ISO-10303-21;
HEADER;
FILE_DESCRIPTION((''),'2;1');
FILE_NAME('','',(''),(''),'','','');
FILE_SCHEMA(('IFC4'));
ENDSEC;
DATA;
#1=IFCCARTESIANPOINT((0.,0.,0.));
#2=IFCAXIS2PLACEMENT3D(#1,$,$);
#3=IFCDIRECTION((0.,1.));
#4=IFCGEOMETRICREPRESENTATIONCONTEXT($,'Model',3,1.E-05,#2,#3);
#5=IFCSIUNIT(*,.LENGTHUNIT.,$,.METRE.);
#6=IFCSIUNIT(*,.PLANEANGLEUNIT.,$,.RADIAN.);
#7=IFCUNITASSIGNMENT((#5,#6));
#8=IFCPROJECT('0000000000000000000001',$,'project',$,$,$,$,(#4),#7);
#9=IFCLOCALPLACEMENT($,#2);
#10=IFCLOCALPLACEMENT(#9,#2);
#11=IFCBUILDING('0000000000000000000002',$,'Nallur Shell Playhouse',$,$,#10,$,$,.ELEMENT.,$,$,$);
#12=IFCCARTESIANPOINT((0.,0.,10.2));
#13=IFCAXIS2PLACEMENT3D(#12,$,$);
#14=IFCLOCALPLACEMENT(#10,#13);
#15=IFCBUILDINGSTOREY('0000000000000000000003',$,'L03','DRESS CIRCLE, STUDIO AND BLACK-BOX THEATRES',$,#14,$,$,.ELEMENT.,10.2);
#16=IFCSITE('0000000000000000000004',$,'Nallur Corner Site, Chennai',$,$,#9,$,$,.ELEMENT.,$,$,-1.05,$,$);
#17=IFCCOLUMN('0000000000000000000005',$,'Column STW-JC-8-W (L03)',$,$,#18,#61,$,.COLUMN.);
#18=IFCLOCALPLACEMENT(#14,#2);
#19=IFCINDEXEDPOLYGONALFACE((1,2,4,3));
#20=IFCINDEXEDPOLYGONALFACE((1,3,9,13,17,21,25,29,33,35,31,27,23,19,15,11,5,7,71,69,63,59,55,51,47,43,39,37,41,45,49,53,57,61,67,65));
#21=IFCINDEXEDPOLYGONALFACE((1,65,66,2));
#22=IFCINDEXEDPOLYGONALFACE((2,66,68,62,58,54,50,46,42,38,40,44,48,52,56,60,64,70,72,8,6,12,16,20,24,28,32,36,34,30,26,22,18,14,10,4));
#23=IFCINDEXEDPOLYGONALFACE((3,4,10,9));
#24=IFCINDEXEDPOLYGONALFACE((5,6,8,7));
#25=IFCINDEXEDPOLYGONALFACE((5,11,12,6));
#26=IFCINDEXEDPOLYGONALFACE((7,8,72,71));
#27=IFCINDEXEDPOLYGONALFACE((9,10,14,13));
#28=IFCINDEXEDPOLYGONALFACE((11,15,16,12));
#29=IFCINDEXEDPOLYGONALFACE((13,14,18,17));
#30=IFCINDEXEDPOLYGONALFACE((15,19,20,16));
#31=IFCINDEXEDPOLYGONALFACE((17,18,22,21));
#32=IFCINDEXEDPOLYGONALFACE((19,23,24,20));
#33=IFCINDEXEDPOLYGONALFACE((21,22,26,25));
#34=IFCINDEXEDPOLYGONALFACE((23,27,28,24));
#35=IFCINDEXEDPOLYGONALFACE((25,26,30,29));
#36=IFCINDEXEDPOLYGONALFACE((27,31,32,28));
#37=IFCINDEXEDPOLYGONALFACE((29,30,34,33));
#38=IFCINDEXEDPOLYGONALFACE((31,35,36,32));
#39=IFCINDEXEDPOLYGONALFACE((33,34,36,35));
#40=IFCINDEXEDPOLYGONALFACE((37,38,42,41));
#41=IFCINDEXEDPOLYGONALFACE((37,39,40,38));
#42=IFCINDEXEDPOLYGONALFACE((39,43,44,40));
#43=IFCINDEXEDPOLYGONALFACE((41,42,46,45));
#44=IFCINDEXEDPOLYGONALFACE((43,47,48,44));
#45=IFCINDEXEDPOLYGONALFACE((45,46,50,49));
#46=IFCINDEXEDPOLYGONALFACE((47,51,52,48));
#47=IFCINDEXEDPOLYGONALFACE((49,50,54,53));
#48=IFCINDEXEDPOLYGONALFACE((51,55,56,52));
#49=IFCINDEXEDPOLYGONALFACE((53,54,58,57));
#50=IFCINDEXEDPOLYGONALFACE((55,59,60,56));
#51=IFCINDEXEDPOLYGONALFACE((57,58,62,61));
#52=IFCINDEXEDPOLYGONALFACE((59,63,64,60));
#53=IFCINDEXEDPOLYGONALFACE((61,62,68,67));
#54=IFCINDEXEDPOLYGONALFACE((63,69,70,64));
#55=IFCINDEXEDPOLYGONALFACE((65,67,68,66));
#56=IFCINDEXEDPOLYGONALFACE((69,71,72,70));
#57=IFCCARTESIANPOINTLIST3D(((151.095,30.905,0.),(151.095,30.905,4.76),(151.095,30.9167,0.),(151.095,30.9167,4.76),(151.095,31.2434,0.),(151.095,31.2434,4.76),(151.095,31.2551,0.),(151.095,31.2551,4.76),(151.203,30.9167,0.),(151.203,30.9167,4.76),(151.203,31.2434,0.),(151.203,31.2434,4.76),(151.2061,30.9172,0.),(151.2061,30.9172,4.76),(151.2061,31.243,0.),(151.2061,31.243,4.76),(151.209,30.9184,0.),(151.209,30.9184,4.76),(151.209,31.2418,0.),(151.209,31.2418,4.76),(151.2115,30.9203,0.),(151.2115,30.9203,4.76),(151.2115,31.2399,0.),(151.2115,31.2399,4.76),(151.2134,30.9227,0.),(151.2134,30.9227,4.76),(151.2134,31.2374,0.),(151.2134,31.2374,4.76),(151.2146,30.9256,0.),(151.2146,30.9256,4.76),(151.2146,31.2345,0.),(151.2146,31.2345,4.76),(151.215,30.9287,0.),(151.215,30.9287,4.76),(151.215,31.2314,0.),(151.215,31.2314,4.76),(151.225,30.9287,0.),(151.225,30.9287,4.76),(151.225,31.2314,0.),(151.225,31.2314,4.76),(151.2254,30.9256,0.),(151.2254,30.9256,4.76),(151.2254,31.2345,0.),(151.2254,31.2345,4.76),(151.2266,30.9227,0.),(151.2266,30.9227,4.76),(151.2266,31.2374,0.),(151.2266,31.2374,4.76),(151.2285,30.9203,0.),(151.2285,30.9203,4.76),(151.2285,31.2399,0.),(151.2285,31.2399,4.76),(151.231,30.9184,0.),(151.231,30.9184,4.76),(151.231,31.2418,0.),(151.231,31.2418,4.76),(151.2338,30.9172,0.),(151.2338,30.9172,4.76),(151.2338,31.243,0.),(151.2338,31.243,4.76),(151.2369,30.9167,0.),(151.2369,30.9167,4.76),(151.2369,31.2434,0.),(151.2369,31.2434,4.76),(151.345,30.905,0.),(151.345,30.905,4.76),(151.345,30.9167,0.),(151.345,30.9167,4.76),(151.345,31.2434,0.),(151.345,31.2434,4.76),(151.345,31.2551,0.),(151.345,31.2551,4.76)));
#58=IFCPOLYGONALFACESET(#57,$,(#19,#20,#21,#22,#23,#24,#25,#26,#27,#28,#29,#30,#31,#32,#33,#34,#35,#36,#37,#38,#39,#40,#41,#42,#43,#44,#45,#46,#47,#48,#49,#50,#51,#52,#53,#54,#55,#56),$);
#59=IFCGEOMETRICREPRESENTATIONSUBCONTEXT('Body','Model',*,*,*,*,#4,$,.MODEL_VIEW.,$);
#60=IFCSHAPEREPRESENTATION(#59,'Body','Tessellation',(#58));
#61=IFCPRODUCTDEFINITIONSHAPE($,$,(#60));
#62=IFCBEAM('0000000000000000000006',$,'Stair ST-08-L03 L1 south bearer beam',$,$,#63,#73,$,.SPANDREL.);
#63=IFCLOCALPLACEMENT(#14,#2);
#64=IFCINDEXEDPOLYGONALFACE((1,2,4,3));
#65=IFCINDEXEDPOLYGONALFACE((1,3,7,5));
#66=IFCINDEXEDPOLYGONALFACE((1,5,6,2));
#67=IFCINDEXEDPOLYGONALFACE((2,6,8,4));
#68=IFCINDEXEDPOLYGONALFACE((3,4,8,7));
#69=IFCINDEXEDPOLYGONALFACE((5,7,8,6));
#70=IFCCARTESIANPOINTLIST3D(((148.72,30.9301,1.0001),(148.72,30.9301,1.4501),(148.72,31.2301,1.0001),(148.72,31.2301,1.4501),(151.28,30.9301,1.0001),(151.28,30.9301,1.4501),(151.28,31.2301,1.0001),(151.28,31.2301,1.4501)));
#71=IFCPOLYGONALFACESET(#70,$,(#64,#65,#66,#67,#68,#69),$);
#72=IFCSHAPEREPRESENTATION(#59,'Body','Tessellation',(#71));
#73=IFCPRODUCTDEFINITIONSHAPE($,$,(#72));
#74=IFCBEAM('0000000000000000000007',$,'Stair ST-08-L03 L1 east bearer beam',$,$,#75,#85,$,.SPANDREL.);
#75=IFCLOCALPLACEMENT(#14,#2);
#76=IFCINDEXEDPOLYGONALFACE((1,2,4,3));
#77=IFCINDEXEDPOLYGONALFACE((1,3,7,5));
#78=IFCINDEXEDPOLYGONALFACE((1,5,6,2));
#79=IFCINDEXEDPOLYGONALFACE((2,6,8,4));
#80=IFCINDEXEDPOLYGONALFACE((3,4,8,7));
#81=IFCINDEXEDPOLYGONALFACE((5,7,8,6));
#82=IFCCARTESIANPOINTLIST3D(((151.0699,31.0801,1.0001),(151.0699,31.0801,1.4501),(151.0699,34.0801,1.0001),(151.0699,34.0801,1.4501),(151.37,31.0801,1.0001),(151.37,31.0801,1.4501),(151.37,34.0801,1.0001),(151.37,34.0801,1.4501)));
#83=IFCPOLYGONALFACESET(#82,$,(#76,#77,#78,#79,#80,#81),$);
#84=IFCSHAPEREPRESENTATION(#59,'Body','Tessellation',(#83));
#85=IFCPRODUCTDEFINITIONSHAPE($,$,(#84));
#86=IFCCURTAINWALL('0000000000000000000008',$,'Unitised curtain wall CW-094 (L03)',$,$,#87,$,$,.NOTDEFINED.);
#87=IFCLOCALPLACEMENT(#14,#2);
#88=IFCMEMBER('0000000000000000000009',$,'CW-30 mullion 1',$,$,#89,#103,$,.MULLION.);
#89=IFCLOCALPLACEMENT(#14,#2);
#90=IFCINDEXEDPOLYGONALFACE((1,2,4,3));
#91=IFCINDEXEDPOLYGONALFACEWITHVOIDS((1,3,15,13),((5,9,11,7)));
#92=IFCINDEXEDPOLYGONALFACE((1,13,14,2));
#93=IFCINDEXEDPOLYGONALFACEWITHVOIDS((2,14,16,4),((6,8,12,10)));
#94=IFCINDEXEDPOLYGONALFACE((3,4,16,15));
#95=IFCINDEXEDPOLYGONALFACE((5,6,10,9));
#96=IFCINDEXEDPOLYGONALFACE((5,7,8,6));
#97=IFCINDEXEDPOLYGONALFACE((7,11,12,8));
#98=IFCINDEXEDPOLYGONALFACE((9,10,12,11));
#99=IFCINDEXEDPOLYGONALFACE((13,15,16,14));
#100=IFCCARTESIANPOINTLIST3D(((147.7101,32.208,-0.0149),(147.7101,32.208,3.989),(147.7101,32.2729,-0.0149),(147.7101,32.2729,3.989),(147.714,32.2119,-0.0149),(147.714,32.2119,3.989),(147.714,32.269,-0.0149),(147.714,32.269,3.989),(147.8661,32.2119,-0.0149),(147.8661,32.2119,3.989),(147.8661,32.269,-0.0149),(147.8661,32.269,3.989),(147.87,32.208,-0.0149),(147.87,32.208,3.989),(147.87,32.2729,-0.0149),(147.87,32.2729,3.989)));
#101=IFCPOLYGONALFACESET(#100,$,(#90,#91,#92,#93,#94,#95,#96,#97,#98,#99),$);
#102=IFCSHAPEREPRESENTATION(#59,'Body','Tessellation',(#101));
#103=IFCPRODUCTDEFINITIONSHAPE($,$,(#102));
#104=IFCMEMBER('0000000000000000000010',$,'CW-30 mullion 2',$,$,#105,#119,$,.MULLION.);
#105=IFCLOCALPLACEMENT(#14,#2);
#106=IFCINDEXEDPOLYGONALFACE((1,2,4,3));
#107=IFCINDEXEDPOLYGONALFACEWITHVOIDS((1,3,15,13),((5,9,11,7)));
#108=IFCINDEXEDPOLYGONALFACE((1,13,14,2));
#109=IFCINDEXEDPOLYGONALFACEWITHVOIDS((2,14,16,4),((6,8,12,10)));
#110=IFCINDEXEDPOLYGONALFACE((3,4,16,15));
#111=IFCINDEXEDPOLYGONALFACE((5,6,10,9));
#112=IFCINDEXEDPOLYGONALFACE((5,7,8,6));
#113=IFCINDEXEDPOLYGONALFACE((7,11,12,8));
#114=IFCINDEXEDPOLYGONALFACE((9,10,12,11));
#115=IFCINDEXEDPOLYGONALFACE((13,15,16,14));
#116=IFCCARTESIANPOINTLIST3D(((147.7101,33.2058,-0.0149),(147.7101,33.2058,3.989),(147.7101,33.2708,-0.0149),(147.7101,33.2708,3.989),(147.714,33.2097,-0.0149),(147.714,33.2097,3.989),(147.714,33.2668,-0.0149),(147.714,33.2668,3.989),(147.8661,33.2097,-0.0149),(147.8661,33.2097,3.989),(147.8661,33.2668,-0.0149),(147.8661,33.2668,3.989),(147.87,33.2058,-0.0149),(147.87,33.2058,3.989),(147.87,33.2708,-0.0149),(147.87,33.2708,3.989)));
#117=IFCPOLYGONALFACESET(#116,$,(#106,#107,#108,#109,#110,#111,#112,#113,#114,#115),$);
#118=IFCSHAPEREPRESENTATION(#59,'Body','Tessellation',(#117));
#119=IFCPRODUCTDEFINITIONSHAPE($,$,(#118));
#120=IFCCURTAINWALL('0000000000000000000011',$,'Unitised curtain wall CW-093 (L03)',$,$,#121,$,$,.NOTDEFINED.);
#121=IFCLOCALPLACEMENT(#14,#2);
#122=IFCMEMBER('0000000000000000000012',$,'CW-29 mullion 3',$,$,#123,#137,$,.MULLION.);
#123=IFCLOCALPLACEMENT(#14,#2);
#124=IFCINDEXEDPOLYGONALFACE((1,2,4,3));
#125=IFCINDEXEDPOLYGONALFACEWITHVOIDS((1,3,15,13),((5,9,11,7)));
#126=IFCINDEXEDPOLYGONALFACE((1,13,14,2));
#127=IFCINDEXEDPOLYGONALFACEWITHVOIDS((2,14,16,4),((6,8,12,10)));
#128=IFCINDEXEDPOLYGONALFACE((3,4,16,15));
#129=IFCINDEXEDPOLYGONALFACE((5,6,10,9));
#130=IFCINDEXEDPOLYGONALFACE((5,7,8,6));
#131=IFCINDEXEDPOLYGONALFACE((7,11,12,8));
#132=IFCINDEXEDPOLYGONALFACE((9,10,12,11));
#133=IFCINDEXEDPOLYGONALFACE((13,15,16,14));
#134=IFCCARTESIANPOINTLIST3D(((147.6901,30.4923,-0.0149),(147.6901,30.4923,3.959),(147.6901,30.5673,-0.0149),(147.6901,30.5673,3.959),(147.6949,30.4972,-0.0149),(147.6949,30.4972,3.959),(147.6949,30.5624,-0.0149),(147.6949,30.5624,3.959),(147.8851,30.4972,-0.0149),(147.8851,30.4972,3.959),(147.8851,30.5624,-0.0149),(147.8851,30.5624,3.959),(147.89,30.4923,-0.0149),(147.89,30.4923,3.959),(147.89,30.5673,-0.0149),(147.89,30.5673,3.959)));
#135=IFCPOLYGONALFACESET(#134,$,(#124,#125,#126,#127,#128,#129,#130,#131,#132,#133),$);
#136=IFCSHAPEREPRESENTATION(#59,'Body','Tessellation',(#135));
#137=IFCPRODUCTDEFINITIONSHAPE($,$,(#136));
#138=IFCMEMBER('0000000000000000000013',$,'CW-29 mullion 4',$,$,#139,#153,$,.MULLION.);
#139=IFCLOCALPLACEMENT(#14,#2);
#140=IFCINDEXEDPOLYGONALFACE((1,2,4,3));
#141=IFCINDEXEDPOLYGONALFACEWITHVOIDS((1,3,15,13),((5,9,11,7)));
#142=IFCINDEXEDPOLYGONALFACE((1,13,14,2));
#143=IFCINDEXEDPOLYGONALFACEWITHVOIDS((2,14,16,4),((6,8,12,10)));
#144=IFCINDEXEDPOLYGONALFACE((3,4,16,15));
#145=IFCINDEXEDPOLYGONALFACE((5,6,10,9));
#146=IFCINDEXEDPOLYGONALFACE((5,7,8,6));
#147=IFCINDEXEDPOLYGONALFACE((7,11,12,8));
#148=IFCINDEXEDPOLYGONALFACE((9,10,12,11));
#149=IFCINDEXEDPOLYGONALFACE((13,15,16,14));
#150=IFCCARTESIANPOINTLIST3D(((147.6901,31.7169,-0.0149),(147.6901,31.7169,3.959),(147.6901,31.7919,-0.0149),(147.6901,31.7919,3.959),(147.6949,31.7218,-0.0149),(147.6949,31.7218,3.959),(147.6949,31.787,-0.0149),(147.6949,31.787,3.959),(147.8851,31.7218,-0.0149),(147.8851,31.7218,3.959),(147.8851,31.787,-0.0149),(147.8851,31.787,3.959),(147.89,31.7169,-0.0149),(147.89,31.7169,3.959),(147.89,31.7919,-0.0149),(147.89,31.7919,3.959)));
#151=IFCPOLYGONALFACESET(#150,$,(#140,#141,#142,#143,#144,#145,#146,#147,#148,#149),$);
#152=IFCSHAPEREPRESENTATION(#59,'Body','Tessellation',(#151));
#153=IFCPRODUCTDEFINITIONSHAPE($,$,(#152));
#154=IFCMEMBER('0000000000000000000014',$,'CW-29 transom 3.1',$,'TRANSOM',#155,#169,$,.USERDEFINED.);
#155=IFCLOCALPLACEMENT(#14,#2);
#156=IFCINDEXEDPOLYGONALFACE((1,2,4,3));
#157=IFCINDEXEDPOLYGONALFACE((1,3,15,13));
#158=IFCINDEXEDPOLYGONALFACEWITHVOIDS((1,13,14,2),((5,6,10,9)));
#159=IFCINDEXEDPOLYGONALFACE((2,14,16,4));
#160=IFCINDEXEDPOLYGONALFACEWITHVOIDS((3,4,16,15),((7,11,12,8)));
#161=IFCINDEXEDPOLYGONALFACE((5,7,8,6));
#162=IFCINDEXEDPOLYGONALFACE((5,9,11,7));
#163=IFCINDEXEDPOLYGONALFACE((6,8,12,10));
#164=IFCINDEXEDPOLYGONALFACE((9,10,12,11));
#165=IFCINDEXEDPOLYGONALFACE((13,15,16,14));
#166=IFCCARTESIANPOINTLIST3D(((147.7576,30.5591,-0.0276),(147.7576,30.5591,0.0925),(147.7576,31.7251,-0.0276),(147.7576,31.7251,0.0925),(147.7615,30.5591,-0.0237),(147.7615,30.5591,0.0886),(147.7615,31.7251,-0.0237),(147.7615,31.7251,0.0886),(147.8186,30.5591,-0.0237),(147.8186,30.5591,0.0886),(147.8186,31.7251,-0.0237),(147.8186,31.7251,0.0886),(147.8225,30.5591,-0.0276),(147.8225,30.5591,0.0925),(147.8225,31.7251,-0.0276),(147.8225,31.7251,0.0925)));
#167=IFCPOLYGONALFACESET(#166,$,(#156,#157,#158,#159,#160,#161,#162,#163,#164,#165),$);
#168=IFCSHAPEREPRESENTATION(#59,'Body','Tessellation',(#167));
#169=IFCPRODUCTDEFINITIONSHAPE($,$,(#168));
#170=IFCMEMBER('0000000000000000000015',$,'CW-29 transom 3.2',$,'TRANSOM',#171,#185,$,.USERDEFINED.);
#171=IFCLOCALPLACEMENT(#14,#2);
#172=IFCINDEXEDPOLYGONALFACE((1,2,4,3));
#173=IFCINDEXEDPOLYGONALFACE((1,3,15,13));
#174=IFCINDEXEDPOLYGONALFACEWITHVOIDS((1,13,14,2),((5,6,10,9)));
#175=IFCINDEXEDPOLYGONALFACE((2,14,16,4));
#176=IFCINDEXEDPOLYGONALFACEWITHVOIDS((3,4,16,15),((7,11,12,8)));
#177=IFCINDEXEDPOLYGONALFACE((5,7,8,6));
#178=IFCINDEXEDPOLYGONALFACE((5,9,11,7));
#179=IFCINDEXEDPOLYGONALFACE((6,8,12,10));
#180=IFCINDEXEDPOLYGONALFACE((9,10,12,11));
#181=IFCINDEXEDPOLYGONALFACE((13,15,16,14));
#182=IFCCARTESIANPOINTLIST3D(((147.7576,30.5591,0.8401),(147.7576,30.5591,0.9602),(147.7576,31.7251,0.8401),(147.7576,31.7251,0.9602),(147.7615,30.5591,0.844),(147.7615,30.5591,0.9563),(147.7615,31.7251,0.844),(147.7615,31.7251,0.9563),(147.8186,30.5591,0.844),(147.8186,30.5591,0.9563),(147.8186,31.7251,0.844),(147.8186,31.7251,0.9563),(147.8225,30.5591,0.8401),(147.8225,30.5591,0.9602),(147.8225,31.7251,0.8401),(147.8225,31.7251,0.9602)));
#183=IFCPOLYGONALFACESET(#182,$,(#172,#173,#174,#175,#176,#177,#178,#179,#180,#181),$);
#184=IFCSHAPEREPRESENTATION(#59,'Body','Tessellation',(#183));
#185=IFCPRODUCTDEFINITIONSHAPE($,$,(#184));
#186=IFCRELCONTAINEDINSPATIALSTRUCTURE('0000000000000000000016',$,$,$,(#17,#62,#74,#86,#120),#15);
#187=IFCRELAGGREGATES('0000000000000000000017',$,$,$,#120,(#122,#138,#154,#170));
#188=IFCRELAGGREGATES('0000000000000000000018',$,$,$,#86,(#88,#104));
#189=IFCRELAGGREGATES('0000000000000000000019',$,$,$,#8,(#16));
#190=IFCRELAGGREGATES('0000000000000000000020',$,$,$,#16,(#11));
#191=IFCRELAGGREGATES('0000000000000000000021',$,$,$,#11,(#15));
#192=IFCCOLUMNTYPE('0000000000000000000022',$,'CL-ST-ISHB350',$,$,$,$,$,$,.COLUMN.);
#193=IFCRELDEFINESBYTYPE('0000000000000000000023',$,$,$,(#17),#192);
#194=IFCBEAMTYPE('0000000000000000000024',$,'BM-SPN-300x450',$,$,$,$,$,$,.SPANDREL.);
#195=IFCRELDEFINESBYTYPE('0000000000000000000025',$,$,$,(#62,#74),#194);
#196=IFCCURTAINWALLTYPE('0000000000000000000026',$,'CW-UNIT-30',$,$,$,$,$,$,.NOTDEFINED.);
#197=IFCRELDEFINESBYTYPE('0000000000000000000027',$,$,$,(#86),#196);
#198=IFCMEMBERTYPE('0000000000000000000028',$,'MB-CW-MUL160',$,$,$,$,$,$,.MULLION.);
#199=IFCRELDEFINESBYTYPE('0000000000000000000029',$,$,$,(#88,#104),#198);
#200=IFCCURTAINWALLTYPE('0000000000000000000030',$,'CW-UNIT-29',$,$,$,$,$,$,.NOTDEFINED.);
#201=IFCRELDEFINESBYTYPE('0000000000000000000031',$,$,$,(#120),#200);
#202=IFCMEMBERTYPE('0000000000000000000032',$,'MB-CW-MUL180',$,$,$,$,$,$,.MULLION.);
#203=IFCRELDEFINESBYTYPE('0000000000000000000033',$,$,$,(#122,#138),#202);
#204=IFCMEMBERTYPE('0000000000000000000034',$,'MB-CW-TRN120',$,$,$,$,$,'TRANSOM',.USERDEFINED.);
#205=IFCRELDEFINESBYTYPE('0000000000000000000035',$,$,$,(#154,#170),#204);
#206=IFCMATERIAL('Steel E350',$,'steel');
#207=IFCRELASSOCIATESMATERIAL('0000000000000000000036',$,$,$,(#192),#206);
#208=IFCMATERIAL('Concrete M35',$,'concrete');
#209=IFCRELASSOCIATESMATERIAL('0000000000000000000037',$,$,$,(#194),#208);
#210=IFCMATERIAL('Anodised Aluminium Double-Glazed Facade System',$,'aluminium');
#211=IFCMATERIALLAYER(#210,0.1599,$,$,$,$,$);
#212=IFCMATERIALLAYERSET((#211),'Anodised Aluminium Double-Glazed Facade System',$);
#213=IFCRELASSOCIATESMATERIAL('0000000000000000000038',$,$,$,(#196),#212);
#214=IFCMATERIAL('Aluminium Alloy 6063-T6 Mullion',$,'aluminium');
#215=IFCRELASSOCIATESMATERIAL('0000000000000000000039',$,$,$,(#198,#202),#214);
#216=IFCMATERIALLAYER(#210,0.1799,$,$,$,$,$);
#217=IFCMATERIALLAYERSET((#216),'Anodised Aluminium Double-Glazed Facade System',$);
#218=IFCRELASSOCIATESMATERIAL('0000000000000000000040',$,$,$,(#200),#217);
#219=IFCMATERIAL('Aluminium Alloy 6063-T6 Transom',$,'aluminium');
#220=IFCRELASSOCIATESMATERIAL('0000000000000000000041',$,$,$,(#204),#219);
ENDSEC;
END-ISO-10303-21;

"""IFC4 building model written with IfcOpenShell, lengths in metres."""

from ifc_helpers import new_model, si_unit, direction, frame, origin, origin_2d, place, context, subcontext, project, spatial, rectangle, hollow_rectangle, i_section, extrude, material, layer, layer_set, material_profile, profile_set, type_object, element, aggregate, save


model = new_model("IFC4")

# Units and contexts
model_context = context("Model", 3, precision=1e-05, world=origin(), true_north=direction((0.0, 1.0)))
body_context = subcontext(model_context, "Body", "Model", "MODEL_VIEW")
ifc_project = project(units=[si_unit("LENGTHUNIT", "METRE"), si_unit("PLANEANGLEUNIT", "RADIAN")], contexts=[model_context])

# Site, building, storey
site_placement = place(None, origin())
site = spatial("IfcSite", under=ifc_project, at=site_placement, Name="Nallur Corner Site, Chennai", CompositionType="ELEMENT", RefElevation=-1.05)
building_placement = place(site_placement, origin())
building = spatial("IfcBuilding", under=site, at=building_placement, Name="Nallur Shell Playhouse", CompositionType="ELEMENT")
storey_placement = place(building_placement, frame((0.0, 0.0, 10.2)))
storey = spatial("IfcBuildingStorey", under=building, at=storey_placement, Name="L03", Description="DRESS CIRCLE, STUDIO AND BLACK-BOX THEATRES", CompositionType="ELEMENT", Elevation=10.2)

# Column
ifc_material_1 = material(Name="Steel E350", Category="steel")
ifc_material_profile_1 = material_profile(ifc_material_1, i_section(OverallWidth=0.25, OverallDepth=0.3501, WebThickness=0.01, FlangeThickness=0.0117, FilletRadius=0.012, at=origin_2d()), Name="ISHB 350")
ifc_profile_set_1 = profile_set([ifc_material_profile_1], Name="Steel E350")
column_type = type_object("IfcColumnType", Name="CL-ST-ISHB350", PredefinedType="COLUMN", material=ifc_profile_set_1)
column_placement = place(storey_placement, frame((151.22, 31.0801, 0.0), z_axis=(0.0, 0.0, 1.0), x_axis=(1.0, 0.0, 0.0)))
element("IfcColumn", 1, at=column_placement, inside=storey, type_object=column_type, Name="Column STW-JC-8-W (L03)", PredefinedType="COLUMN", context=body_context, shape_type="SweptSolid", body=[
    extrude(i_section(OverallWidth=0.25, OverallDepth=0.3501, WebThickness=0.01, FlangeThickness=0.0117, FilletRadius=0.012, at=origin_2d()), origin(), (0.0, 0.0, 1.0), 4.76),
])

# Beams
ifc_material_2 = material(Name="Concrete M35", Category="concrete")
ifc_material_profile_2 = material_profile(ifc_material_2, rectangle(XDim=0.3, YDim=0.45, at=origin_2d()), Name="RC 300x450")
ifc_profile_set_2 = profile_set([ifc_material_profile_2], Name="Concrete M35")
beam_type = type_object("IfcBeamType", Name="BM-SPN-300x450", PredefinedType="SPANDREL", material=ifc_profile_set_2)
beam_1_placement = place(storey_placement, frame((148.72, 31.0801, 1.2251), z_axis=(1.0, 0.0, 0.0), x_axis=(0.0, 1.0, 0.0)))
element("IfcBeam", 2, at=beam_1_placement, inside=storey, type_object=beam_type, Name="Stair ST-08-L03 L1 south bearer beam", PredefinedType="SPANDREL", context=body_context, shape_type="SweptSolid", body=[
    extrude(rectangle(XDim=0.3, YDim=0.45, at=origin_2d()), origin(), (0.0, 0.0, 1.0), 2.5601),
])
beam_2_placement = place(storey_placement, frame((151.22, 31.0801, 1.2251), z_axis=(0.0, 1.0, 0.0), x_axis=(-1.0, 0.0, 0.0)))
element("IfcBeam", 3, at=beam_2_placement, inside=storey, type_object=beam_type, Name="Stair ST-08-L03 L1 east bearer beam", PredefinedType="SPANDREL", context=body_context, shape_type="SweptSolid", body=[
    extrude(rectangle(XDim=0.3, YDim=0.45, at=origin_2d()), origin(), (0.0, 0.0, 1.0), 3.0),
])

# Curtain walls, members
ifc_material_3 = material(Name="Anodised Aluminium Double-Glazed Facade System", Category="aluminium")
ifc_layer_1 = layer(ifc_material_3, 0.1599)
ifc_layer_set_1 = layer_set([ifc_layer_1], Name="Anodised Aluminium Double-Glazed Facade System")
curtain_wall_type_1 = type_object("IfcCurtainWallType", Name="CW-UNIT-30", PredefinedType="NOTDEFINED", material=ifc_layer_set_1)
curtain_wall_1_placement = place(storey_placement, origin())
curtain_wall_1 = element("IfcCurtainWall", 4, at=curtain_wall_1_placement, inside=storey, type_object=curtain_wall_type_1, Name="Unitised curtain wall CW-094 (L03)", PredefinedType="NOTDEFINED")
ifc_material_4 = material(Name="Aluminium Alloy 6063-T6 Mullion", Category="aluminium")
ifc_material_profile_3 = material_profile(ifc_material_4, hollow_rectangle(XDim=0.0649, YDim=0.1599, WallThickness=0.0039, at=origin_2d()), Name="ALU 65x160x4")
ifc_profile_set_3 = profile_set([ifc_material_profile_3], Name="Aluminium Alloy 6063-T6 Mullion")
member_type_1 = type_object("IfcMemberType", Name="MB-CW-MUL160", PredefinedType="MULLION", material=ifc_profile_set_3)
member_1_placement = place(storey_placement, frame((147.79, 32.2405, -0.0149), z_axis=(0.0, 0.0, 1.0), x_axis=(0.0, 1.0, 0.0)))
member_1 = element("IfcMember", 5, at=member_1_placement, type_object=member_type_1, Name="CW-30 mullion 1", PredefinedType="MULLION", context=body_context, shape_type="SweptSolid", body=[
    extrude(hollow_rectangle(XDim=0.0649, YDim=0.1599, WallThickness=0.0039, at=origin_2d()), origin(), (0.0, 0.0, 1.0), 4.0039),
])
member_2_placement = place(storey_placement, frame((147.79, 33.2383, -0.0149), z_axis=(0.0, 0.0, 1.0), x_axis=(0.0, 1.0, 0.0)))
member_2 = element("IfcMember", 6, at=member_2_placement, type_object=member_type_1, Name="CW-30 mullion 2", PredefinedType="MULLION", context=body_context, shape_type="SweptSolid", body=[
    extrude(hollow_rectangle(XDim=0.0649, YDim=0.1599, WallThickness=0.0039, at=origin_2d()), origin(), (0.0, 0.0, 1.0), 4.0039),
])
ifc_layer_2 = layer(ifc_material_3, 0.1799)
ifc_layer_set_2 = layer_set([ifc_layer_2], Name="Anodised Aluminium Double-Glazed Facade System")
curtain_wall_type_2 = type_object("IfcCurtainWallType", Name="CW-UNIT-29", PredefinedType="NOTDEFINED", material=ifc_layer_set_2)
curtain_wall_2_placement = place(storey_placement, origin())
curtain_wall_2 = element("IfcCurtainWall", 7, at=curtain_wall_2_placement, inside=storey, type_object=curtain_wall_type_2, Name="Unitised curtain wall CW-093 (L03)", PredefinedType="NOTDEFINED")
ifc_material_profile_4 = material_profile(ifc_material_4, hollow_rectangle(XDim=0.075, YDim=0.2, WallThickness=0.0049, at=origin_2d()), Name="ALU 75x200x5")
ifc_profile_set_4 = profile_set([ifc_material_profile_4], Name="Aluminium Alloy 6063-T6 Mullion")
member_type_2 = type_object("IfcMemberType", Name="MB-CW-MUL180", PredefinedType="MULLION", material=ifc_profile_set_4)
member_3_placement = place(storey_placement, frame((147.79, 30.5298, -0.0149), z_axis=(0.0, 0.0, 1.0), x_axis=(0.0, 1.0, 0.0)))
member_3 = element("IfcMember", 8, at=member_3_placement, type_object=member_type_2, Name="CW-29 mullion 3", PredefinedType="MULLION", context=body_context, shape_type="SweptSolid", body=[
    extrude(hollow_rectangle(XDim=0.075, YDim=0.2, WallThickness=0.0049, at=origin_2d()), origin(), (0.0, 0.0, 1.0), 3.9739),
])
member_4_placement = place(storey_placement, frame((147.79, 31.7544, -0.0149), z_axis=(0.0, 0.0, 1.0), x_axis=(0.0, 1.0, 0.0)))
member_4 = element("IfcMember", 9, at=member_4_placement, type_object=member_type_2, Name="CW-29 mullion 4", PredefinedType="MULLION", context=body_context, shape_type="SweptSolid", body=[
    extrude(hollow_rectangle(XDim=0.075, YDim=0.2, WallThickness=0.0049, at=origin_2d()), origin(), (0.0, 0.0, 1.0), 3.9739),
])
ifc_material_5 = material(Name="Aluminium Alloy 6063-T6 Transom", Category="aluminium")
ifc_material_profile_5 = material_profile(ifc_material_5, hollow_rectangle(XDim=0.0649, YDim=0.1201, WallThickness=0.0039, at=origin_2d()), Name="ALU 65x120x4")
ifc_profile_set_5 = profile_set([ifc_material_profile_5], Name="Aluminium Alloy 6063-T6 Transom")
member_type_3 = type_object("IfcMemberType", Name="MB-CW-TRN120", ElementType="TRANSOM", PredefinedType="USERDEFINED", material=ifc_profile_set_5)
member_5_placement = place(storey_placement, frame((147.79, 30.5591, 0.0325), z_axis=(0.0, 1.0, 0.0), x_axis=(-1.0, 0.0, 0.0)))
member_5 = element("IfcMember", 10, at=member_5_placement, type_object=member_type_3, Name="CW-29 transom 3.1", ObjectType="TRANSOM", PredefinedType="USERDEFINED", context=body_context, shape_type="SweptSolid", body=[
    extrude(hollow_rectangle(XDim=0.0649, YDim=0.1201, WallThickness=0.0039, at=origin_2d()), origin(), (0.0, 0.0, 1.0), 1.166),
])
member_6_placement = place(storey_placement, frame((147.79, 30.5591, 0.9001), z_axis=(0.0, 1.0, 0.0), x_axis=(-1.0, 0.0, 0.0)))
member_6 = element("IfcMember", 11, at=member_6_placement, type_object=member_type_3, Name="CW-29 transom 3.2", ObjectType="TRANSOM", PredefinedType="USERDEFINED", context=body_context, shape_type="SweptSolid", body=[
    extrude(hollow_rectangle(XDim=0.0649, YDim=0.1201, WallThickness=0.0039, at=origin_2d()), origin(), (0.0, 0.0, 1.0), 1.166),
])

aggregate(curtain_wall_2, [member_3, member_4, member_5, member_6])
aggregate(curtain_wall_1, [member_1, member_2])

save(model, "model.ifc")
